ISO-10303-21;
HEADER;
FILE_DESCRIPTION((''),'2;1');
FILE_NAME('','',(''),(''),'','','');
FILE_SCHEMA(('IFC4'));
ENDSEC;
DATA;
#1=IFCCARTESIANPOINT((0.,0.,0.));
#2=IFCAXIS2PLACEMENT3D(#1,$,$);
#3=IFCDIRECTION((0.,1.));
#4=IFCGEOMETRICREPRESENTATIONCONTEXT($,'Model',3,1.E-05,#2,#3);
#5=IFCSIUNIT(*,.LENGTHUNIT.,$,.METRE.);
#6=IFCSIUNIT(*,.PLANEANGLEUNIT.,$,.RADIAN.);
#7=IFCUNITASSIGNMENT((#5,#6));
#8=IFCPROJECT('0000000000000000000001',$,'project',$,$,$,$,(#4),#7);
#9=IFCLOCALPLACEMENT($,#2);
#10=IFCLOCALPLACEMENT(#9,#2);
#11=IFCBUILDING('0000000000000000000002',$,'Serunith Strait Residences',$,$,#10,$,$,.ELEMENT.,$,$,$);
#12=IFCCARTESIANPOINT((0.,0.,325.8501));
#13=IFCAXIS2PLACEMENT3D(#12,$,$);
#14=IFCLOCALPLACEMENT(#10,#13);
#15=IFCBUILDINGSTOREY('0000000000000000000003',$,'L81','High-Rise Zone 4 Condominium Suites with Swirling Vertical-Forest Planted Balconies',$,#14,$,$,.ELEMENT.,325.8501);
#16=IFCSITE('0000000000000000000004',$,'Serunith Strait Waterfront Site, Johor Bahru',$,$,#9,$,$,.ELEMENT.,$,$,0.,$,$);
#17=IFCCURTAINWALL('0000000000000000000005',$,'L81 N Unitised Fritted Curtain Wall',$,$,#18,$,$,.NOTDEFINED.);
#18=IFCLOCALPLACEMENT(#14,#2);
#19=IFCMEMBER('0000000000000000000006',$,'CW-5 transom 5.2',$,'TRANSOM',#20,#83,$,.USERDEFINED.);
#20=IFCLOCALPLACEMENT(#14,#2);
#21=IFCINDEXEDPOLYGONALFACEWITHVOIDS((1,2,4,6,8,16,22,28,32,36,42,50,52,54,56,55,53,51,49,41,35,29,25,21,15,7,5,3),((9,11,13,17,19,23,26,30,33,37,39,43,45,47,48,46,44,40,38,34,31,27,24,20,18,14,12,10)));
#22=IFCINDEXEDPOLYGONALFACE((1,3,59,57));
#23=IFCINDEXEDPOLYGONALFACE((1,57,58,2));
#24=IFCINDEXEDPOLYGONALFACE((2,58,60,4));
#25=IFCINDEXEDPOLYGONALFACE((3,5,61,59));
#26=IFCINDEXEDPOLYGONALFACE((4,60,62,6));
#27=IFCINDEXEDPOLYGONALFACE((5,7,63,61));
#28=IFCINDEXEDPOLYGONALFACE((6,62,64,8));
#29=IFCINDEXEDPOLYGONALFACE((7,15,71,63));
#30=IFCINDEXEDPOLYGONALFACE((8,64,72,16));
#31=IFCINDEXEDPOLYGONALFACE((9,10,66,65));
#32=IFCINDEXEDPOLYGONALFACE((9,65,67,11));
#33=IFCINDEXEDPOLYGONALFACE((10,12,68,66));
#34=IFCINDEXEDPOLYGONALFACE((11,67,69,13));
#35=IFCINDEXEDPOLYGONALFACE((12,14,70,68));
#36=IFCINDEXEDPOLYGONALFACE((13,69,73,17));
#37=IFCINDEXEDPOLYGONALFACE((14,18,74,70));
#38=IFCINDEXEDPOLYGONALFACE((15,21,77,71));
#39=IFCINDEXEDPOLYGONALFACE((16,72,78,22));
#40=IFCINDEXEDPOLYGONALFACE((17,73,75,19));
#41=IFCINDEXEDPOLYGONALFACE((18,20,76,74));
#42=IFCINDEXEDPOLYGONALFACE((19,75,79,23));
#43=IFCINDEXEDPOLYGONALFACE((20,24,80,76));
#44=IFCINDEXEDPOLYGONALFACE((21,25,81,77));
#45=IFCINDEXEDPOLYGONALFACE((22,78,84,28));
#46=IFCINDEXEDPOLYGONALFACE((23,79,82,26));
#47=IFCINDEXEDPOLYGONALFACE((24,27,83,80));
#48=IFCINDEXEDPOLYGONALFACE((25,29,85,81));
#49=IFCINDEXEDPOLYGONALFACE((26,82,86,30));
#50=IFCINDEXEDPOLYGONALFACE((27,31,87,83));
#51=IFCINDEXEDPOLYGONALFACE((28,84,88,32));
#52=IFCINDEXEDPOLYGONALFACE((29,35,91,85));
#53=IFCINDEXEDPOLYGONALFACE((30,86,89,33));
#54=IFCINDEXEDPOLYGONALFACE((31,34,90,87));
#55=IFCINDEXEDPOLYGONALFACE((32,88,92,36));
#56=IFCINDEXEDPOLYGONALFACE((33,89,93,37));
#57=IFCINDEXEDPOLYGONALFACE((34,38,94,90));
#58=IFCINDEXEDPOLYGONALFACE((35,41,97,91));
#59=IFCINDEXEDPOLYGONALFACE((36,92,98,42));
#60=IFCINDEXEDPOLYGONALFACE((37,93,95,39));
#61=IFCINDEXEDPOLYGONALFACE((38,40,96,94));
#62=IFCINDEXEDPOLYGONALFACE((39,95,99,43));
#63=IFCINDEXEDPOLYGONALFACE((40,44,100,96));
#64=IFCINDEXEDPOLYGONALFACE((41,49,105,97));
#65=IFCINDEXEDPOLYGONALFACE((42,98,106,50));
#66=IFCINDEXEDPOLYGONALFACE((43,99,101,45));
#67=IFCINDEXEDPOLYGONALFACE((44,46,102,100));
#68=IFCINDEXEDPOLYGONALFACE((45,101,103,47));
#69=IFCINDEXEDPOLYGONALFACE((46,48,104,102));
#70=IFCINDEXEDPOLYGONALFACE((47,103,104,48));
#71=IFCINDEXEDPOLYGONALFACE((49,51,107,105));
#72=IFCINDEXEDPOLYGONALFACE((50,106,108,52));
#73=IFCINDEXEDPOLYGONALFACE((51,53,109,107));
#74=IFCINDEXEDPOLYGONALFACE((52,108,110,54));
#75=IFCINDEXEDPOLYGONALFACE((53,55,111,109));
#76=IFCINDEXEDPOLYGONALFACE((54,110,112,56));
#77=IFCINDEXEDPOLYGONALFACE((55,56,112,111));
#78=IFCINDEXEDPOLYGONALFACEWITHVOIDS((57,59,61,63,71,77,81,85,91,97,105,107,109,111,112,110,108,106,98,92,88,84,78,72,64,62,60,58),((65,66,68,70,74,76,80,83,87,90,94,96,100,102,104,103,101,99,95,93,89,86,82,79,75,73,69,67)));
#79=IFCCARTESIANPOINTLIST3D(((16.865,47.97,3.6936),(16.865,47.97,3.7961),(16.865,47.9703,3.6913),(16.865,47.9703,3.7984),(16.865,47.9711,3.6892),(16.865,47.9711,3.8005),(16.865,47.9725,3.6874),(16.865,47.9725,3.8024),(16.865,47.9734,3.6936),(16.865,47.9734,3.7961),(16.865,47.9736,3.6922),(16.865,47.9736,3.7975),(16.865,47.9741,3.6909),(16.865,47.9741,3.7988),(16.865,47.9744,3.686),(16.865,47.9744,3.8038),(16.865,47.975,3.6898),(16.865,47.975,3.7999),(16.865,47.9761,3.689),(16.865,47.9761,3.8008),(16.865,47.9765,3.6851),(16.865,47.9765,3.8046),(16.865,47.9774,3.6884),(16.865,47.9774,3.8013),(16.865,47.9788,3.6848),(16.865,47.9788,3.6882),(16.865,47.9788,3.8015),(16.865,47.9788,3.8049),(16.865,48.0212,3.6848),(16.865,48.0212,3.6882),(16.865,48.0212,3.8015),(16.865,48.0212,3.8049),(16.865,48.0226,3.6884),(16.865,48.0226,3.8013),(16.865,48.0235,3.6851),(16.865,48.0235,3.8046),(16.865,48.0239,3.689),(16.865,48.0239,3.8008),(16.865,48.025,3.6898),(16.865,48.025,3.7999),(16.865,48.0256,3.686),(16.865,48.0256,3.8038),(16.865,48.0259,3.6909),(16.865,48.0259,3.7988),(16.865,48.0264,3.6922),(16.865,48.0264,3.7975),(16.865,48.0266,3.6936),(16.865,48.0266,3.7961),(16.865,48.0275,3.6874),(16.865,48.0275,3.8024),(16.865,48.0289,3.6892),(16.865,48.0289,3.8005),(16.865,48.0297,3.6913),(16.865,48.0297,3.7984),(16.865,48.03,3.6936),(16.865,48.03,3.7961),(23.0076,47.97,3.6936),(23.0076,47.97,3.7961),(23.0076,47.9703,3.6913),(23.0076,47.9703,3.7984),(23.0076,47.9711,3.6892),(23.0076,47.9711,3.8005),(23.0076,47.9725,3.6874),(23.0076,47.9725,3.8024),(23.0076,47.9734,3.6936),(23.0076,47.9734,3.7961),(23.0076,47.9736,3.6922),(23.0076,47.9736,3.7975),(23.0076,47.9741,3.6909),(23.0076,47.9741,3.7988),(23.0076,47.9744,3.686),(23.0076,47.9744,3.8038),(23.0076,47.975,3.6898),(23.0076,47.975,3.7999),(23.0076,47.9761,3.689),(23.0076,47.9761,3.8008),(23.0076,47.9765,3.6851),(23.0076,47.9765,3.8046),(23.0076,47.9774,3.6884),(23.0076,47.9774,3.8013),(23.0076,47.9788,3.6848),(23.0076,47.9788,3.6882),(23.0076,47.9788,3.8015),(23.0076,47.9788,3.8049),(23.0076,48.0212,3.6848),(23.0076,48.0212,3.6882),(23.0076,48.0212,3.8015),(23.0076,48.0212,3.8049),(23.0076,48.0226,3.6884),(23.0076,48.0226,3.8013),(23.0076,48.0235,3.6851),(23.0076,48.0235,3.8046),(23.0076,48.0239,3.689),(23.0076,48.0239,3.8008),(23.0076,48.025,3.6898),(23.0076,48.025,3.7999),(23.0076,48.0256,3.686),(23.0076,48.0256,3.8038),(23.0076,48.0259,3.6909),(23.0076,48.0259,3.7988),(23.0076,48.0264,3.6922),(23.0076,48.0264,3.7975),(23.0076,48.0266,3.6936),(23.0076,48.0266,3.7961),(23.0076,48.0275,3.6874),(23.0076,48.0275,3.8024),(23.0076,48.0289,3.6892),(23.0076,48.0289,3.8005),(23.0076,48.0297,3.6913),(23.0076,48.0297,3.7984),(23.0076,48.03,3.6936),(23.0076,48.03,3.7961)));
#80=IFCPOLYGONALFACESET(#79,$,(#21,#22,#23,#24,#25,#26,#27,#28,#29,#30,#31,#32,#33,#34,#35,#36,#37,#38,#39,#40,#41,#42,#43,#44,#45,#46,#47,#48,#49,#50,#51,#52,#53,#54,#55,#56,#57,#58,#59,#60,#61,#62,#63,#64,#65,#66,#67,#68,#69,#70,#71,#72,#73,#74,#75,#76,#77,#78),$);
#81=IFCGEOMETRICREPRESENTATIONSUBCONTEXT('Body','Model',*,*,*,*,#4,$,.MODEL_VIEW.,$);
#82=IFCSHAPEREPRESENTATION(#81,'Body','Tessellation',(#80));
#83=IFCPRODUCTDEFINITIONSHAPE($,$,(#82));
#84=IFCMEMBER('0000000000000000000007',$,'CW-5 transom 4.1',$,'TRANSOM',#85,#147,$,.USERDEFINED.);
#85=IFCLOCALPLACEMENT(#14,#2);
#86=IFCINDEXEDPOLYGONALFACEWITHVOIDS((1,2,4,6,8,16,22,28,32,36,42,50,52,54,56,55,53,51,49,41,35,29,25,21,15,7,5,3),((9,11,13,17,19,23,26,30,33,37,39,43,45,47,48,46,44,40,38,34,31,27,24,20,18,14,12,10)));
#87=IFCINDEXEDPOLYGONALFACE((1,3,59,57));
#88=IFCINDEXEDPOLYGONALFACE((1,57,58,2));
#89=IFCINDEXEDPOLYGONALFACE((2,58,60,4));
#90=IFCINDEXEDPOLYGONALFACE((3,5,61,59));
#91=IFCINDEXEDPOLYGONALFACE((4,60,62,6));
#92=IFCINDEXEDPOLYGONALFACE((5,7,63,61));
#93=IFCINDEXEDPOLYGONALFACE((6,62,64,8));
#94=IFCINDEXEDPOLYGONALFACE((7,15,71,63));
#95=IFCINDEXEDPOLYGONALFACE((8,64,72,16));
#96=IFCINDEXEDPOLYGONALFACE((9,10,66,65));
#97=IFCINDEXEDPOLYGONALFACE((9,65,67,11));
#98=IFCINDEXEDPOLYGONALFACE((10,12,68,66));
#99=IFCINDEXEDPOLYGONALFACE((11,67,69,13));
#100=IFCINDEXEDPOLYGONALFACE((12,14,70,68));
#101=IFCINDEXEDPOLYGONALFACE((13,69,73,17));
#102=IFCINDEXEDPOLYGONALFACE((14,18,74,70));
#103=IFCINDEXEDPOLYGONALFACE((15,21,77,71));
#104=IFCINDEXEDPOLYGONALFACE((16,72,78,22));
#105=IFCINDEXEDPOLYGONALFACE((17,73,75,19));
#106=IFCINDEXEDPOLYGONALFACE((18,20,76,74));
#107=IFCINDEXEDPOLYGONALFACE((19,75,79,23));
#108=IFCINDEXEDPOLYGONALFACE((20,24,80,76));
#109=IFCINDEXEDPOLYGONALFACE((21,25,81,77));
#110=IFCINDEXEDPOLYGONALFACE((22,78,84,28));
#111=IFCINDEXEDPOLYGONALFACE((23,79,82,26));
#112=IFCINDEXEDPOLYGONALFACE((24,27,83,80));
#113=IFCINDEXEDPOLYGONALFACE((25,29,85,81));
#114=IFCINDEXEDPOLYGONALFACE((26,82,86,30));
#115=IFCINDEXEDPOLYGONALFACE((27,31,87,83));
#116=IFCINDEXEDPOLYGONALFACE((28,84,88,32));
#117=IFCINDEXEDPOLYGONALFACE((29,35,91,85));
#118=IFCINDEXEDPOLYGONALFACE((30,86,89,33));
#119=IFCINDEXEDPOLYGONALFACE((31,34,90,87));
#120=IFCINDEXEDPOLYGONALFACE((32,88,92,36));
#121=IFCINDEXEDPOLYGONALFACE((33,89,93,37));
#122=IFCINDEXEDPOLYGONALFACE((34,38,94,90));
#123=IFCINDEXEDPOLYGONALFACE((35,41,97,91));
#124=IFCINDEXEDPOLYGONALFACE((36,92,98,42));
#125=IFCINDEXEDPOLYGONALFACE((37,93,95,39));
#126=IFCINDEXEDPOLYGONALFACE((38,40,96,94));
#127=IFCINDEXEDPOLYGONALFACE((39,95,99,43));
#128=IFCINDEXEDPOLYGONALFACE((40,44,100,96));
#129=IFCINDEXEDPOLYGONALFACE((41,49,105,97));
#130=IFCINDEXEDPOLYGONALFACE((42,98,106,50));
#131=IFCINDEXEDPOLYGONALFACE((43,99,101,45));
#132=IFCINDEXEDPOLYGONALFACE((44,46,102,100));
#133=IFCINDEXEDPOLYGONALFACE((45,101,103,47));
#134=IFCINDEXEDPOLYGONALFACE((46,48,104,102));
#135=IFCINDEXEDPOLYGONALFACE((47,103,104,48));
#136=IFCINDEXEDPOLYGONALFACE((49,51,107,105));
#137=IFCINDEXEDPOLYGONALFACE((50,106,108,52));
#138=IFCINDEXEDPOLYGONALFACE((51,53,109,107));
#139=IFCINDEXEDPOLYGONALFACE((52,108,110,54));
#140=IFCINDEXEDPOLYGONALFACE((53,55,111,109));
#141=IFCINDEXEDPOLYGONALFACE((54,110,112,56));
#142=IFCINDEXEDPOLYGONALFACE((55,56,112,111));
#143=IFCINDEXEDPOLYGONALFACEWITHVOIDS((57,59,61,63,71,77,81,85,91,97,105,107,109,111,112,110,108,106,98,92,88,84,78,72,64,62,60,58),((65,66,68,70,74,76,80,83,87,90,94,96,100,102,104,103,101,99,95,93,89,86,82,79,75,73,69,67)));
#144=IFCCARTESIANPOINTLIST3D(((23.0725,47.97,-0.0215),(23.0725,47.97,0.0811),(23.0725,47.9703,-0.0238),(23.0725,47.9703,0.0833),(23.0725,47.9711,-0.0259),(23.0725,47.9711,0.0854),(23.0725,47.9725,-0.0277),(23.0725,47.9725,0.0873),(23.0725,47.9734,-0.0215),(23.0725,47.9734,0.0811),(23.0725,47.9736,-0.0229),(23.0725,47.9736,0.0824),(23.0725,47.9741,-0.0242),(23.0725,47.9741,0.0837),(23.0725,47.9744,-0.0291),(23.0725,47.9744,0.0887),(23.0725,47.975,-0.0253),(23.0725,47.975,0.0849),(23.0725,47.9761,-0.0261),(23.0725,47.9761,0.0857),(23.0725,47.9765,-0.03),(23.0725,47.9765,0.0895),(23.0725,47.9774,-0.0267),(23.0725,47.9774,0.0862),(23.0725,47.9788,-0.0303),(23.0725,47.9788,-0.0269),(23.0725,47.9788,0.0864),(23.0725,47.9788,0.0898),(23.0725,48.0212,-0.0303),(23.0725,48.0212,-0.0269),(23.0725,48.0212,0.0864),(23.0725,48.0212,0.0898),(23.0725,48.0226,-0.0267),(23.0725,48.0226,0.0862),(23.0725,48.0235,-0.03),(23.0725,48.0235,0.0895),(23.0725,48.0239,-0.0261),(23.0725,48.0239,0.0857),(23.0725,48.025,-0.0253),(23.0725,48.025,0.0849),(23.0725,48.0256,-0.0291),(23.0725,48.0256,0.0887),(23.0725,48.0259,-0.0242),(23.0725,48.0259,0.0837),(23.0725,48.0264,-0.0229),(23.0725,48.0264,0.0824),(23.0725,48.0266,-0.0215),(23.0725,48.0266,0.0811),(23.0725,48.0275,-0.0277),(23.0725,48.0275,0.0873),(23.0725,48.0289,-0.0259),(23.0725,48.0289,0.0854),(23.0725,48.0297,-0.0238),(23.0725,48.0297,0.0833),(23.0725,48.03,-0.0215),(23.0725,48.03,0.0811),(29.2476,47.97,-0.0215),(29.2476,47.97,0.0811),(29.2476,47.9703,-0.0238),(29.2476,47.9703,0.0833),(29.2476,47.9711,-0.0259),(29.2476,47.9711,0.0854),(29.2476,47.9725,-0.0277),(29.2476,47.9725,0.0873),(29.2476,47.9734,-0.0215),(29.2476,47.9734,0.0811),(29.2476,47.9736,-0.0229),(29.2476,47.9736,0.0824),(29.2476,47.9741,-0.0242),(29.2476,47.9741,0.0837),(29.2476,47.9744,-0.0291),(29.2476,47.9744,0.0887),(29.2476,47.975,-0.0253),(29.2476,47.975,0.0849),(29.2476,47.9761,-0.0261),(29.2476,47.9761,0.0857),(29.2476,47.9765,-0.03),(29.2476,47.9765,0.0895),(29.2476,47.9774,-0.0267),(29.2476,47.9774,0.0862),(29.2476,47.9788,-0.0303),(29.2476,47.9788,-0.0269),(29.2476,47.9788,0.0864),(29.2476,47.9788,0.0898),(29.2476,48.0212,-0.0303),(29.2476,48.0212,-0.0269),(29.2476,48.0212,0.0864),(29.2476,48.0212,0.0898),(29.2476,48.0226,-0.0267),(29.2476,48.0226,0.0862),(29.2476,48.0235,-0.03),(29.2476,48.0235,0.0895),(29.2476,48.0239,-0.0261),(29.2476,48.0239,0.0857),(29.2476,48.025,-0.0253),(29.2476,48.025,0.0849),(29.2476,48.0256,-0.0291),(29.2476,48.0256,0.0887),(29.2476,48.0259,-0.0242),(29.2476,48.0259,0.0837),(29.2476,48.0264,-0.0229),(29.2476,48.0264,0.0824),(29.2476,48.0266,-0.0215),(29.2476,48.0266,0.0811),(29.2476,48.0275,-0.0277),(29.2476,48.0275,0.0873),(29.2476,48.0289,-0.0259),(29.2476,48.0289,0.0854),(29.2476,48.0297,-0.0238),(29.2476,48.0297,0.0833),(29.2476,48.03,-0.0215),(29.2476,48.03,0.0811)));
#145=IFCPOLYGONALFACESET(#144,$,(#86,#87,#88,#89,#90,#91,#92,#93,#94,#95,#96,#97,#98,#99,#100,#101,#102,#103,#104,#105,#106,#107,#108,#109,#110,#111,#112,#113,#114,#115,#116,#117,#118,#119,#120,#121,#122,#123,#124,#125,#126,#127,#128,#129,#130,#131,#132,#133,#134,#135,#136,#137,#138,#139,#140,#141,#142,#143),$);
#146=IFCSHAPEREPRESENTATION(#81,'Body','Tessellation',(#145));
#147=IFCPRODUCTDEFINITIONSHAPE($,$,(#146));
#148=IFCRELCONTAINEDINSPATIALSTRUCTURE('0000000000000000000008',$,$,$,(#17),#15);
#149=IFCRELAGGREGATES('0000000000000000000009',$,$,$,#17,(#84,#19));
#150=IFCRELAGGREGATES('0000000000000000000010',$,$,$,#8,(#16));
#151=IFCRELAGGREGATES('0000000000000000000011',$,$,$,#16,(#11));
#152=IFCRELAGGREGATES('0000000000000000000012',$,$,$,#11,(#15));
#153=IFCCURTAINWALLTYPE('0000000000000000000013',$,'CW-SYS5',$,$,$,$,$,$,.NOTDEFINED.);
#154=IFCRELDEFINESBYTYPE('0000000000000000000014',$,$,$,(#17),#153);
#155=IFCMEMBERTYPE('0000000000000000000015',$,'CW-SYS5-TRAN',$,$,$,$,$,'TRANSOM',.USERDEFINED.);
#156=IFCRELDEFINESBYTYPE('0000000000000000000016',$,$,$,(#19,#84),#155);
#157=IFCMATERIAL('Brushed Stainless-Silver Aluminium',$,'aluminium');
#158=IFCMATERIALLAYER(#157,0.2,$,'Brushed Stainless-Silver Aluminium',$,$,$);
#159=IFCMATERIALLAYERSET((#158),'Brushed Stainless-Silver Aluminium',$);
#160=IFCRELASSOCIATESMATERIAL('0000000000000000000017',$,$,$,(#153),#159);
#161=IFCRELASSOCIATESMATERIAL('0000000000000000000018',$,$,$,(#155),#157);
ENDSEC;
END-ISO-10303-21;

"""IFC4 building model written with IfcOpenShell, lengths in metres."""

from ifc_helpers import new_model, si_unit, direction, frame, origin, origin_2d, place, context, subcontext, project, spatial, hollow_rectangle, extrude, source, transform, mapped, material, layer, layer_set, material_profile, profile_set, type_object, element, aggregate, save


model = new_model("IFC4")

# Units and contexts
model_context = context("Model", 3, precision=1e-05, world=origin(), true_north=direction((0.0, 1.0)))
body_context = subcontext(model_context, "Body", "Model", "MODEL_VIEW")
ifc_project = project(units=[si_unit("LENGTHUNIT", "METRE"), si_unit("PLANEANGLEUNIT", "RADIAN")], contexts=[model_context])

# Site, building, storey
site_placement = place(None, origin())
site = spatial("IfcSite", under=ifc_project, at=site_placement, Name="Serunith Strait Waterfront Site, Johor Bahru", CompositionType="ELEMENT", RefElevation=0.0)
building_placement = place(site_placement, origin())
building = spatial("IfcBuilding", under=site, at=building_placement, Name="Serunith Strait Residences", CompositionType="ELEMENT")
storey_placement = place(building_placement, frame((0.0, 0.0, 325.8501)))
storey = spatial("IfcBuildingStorey", under=building, at=storey_placement, Name="L81", Description="High-Rise Zone 4 Condominium Suites with Swirling Vertical-Forest Planted Balconies", CompositionType="ELEMENT", Elevation=325.8501)

# Curtain wall, members
ifc_material_1 = material(Name="Brushed Stainless-Silver Aluminium", Category="aluminium")
ifc_layer_1 = layer(ifc_material_1, 0.2, Name="Brushed Stainless-Silver Aluminium")
ifc_layer_set_1 = layer_set([ifc_layer_1], Name="Brushed Stainless-Silver Aluminium")
curtain_wall_type = type_object("IfcCurtainWallType", Name="CW-SYS5", PredefinedType="NOTDEFINED", material=ifc_layer_set_1)
curtain_wall_placement = place(storey_placement, origin())
curtain_wall = element("IfcCurtainWall", 1, at=curtain_wall_placement, inside=storey, type_object=curtain_wall_type, Name="L81 N Unitised Fritted Curtain Wall", PredefinedType="NOTDEFINED")
ifc_material_profile_1 = material_profile(ifc_material_1, hollow_rectangle(XDim=0.0601, YDim=0.1201, WallThickness=0.0034, InnerFilletRadius=0.0054, OuterFilletRadius=0.0088, at=origin_2d()), Name="ALU 120x60x3.5")
ifc_profile_set_1 = profile_set([ifc_material_profile_1], Name="Brushed Stainless-Silver Aluminium")
member_type_1 = type_object("IfcMemberType", Name="CW-SYS5-TRAN", ElementType="TRANSOM", PredefinedType="USERDEFINED", material=ifc_profile_set_1)
shared_shape_1 = source(origin(), body_context, "Body", "SweptSolid", [
    extrude(hollow_rectangle(XDim=0.0601, YDim=0.1201, WallThickness=0.0034, InnerFilletRadius=0.0054, OuterFilletRadius=0.0088, at=origin_2d()), origin(), (0.0, 0.0, 1.0), 6.1426),
])
member_1_placement = place(storey_placement, frame((23.0076, 48.0, 3.7449), z_axis=(-1.0, 0.0, 0.0), x_axis=(0.0, -1.0, 0.0)))
member_1 = element("IfcMember", 2, at=member_1_placement, type_object=member_type_1, Name="CW-5 transom 5.2", ObjectType="TRANSOM", PredefinedType="USERDEFINED", context=body_context, shape_type="MappedRepresentation", body=[
    mapped(shared_shape_1, transform((0.0, 0.0, 0.0), scale=1.0)),
])
shared_shape_2 = source(origin(), body_context, "Body", "SweptSolid", [
    extrude(hollow_rectangle(XDim=0.0601, YDim=0.1201, WallThickness=0.0034, InnerFilletRadius=0.0054, OuterFilletRadius=0.0088, at=origin_2d()), origin(), (0.0, 0.0, 1.0), 6.175),
])
member_2_placement = place(storey_placement, frame((29.2476, 48.0, 0.0298), z_axis=(-1.0, 0.0, 0.0), x_axis=(0.0, -1.0, 0.0)))
member_2 = element("IfcMember", 3, at=member_2_placement, type_object=member_type_1, Name="CW-5 transom 4.1", ObjectType="TRANSOM", PredefinedType="USERDEFINED", context=body_context, shape_type="MappedRepresentation", body=[
    mapped(shared_shape_2, transform((0.0, 0.0, 0.0), scale=1.0)),
])
aggregate(curtain_wall, [member_2, member_1])

save(model, "model.ifc")
